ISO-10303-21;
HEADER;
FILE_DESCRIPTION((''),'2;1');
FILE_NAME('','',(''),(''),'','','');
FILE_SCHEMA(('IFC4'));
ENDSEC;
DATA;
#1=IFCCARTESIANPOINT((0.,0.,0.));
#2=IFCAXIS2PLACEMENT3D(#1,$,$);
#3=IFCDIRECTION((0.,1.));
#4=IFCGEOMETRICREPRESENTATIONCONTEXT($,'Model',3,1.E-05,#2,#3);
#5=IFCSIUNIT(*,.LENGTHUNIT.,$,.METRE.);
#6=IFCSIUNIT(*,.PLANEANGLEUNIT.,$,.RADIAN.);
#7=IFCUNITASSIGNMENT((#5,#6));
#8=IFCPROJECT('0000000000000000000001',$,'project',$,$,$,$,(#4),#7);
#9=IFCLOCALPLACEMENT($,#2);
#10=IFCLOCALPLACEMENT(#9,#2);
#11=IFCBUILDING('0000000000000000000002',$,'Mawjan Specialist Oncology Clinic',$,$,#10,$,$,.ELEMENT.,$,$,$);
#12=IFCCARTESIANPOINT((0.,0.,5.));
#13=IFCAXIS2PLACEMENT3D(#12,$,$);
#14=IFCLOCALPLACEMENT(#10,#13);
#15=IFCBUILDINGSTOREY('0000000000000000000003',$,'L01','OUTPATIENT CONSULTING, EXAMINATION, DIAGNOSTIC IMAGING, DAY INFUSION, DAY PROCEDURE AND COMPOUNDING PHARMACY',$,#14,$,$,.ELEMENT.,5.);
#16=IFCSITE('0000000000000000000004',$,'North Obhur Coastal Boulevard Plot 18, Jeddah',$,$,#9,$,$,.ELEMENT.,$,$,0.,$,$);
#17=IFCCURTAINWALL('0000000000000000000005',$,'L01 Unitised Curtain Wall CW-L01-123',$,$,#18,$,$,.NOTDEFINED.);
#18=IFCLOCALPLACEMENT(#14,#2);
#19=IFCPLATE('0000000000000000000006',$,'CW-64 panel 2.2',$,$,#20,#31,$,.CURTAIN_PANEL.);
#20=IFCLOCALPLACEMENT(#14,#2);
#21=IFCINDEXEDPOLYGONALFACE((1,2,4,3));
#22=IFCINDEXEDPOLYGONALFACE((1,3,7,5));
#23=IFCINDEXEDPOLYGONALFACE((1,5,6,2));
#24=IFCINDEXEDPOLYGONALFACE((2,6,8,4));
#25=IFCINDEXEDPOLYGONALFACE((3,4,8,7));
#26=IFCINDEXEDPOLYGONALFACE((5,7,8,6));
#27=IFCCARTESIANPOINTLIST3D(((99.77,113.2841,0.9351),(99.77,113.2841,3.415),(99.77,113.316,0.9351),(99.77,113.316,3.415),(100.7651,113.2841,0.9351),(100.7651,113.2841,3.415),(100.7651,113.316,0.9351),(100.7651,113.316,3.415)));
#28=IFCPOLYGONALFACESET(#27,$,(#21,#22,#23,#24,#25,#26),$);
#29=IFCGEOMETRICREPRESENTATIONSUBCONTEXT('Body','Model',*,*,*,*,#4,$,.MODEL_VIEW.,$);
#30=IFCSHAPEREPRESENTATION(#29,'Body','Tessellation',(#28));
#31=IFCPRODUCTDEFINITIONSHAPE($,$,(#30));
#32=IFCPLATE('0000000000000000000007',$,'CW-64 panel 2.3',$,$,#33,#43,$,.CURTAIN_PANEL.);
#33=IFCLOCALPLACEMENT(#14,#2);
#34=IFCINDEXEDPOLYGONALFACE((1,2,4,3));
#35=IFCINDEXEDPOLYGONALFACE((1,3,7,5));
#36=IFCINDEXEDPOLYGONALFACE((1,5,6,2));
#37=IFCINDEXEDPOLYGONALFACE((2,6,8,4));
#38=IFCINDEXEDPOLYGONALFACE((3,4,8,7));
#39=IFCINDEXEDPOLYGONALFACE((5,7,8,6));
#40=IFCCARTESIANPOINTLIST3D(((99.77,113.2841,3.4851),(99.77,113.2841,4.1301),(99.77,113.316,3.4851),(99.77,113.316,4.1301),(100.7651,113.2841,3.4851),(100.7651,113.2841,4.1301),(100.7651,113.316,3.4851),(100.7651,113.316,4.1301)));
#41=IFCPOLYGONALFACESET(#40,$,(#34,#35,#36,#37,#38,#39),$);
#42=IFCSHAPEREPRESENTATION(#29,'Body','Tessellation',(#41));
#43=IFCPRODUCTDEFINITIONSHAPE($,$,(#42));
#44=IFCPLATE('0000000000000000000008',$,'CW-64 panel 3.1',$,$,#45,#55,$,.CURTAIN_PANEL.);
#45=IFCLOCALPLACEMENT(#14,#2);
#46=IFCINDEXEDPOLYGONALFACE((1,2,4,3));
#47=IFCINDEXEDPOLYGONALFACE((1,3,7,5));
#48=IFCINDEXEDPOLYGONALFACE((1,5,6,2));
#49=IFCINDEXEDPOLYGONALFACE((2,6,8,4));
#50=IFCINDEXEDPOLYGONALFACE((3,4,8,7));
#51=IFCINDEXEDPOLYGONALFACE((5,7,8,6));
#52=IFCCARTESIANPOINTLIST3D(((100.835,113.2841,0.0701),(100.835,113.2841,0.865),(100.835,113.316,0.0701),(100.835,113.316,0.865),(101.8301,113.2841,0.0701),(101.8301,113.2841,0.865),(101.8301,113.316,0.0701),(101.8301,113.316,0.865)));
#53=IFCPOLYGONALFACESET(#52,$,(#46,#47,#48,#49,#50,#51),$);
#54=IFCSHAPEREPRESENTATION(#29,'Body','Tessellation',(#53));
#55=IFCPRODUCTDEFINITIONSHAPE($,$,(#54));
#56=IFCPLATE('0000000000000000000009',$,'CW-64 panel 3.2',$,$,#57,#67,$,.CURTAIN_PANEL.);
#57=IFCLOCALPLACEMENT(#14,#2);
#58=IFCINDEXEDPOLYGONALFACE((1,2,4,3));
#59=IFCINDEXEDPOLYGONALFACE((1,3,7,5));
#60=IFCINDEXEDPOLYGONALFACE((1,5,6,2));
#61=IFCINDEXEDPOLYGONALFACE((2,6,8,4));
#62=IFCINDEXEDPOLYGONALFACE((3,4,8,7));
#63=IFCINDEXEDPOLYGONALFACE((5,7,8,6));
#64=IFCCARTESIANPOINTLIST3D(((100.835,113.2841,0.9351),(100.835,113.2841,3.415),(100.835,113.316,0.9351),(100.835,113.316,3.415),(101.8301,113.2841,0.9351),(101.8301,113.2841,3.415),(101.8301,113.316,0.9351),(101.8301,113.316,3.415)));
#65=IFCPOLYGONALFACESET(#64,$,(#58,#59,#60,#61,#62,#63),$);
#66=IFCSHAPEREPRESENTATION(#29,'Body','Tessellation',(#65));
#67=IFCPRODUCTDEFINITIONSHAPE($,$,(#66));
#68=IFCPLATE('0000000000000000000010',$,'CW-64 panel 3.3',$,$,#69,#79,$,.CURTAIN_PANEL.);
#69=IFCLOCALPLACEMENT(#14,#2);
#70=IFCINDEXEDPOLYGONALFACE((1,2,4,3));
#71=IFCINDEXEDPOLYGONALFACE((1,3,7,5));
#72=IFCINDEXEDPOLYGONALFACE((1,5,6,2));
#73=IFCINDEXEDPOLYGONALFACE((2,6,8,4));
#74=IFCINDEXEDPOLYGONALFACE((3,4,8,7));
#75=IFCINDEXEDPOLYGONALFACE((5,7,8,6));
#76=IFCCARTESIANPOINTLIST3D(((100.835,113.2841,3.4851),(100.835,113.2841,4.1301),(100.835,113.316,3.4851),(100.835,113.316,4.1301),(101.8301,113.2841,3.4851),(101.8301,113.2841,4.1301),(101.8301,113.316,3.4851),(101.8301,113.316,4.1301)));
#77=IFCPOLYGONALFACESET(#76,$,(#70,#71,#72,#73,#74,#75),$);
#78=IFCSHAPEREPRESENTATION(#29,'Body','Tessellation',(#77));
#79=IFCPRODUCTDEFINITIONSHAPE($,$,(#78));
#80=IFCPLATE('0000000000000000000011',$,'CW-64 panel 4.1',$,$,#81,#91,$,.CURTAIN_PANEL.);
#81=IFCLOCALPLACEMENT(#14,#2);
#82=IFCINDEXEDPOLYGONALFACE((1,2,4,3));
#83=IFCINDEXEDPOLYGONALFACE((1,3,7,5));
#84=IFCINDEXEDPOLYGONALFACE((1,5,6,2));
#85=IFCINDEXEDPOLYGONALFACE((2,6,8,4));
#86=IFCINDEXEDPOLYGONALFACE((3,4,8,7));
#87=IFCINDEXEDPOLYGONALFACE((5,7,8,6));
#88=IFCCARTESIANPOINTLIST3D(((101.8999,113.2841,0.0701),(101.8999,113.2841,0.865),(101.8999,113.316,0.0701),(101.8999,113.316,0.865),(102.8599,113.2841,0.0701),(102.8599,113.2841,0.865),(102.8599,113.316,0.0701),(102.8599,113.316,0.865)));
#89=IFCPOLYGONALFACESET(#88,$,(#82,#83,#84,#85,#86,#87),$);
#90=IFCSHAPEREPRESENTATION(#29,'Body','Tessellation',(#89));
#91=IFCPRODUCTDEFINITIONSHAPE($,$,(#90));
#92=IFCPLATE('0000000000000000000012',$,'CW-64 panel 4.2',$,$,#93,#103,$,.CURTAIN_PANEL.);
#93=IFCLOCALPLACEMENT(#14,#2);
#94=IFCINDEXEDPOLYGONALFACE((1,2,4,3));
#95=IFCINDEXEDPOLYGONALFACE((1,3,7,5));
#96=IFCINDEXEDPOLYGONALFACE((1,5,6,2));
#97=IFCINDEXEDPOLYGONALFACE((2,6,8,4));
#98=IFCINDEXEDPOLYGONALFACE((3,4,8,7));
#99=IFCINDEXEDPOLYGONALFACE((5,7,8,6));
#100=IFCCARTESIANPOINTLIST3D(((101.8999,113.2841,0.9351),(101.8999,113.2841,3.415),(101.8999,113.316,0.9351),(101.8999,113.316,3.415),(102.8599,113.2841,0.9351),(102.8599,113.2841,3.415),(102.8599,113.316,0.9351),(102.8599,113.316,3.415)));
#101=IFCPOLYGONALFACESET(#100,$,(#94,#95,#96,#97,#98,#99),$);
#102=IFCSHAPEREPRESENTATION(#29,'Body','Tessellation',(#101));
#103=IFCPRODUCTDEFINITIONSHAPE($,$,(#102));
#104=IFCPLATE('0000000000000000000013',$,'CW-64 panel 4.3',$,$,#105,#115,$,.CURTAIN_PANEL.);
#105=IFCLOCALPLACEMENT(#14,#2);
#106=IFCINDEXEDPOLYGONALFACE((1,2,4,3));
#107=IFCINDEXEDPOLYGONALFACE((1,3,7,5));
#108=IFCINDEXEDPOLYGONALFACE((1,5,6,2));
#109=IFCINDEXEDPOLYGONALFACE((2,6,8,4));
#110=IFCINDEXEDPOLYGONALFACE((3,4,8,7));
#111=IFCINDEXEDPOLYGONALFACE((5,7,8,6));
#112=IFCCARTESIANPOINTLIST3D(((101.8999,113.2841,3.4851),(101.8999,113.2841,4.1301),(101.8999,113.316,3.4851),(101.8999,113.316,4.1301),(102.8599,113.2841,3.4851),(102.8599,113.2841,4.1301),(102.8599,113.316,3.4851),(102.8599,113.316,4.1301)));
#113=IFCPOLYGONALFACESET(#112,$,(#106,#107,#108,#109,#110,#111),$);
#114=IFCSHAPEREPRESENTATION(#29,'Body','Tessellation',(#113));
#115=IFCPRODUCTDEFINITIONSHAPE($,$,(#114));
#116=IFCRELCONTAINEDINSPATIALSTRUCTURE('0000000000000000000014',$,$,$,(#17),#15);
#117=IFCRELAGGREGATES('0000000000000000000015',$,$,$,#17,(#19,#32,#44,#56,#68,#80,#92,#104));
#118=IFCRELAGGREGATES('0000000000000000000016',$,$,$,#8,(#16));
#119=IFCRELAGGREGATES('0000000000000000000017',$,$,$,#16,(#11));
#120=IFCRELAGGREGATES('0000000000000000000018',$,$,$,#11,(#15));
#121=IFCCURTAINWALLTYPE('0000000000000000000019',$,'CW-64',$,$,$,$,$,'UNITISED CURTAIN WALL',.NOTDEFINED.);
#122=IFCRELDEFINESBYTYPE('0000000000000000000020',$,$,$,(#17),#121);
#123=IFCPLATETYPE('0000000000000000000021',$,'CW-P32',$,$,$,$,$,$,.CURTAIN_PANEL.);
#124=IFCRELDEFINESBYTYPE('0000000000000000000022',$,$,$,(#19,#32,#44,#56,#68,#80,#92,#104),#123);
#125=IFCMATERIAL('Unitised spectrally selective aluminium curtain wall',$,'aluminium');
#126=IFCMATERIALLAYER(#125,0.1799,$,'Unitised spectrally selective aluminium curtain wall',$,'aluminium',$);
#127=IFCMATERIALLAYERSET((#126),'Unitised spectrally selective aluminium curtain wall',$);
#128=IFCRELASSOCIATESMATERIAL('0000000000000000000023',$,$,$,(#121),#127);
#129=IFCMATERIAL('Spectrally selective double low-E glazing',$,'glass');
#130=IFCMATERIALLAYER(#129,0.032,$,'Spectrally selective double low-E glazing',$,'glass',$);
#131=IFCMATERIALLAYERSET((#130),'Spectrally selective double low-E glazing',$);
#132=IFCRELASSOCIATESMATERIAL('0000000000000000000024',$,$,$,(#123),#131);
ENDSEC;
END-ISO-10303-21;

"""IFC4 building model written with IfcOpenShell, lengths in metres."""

from ifc_helpers import new_model, si_unit, direction, frame, origin, origin_2d, place, context, subcontext, project, spatial, rectangle, extrude, material, layer, layer_set, type_object, element, aggregate, save


model = new_model("IFC4")

# Units and contexts
model_context = context("Model", 3, precision=1e-05, world=origin(), true_north=direction((0.0, 1.0)))
body_context = subcontext(model_context, "Body", "Model", "MODEL_VIEW")
ifc_project = project(units=[si_unit("LENGTHUNIT", "METRE"), si_unit("PLANEANGLEUNIT", "RADIAN")], contexts=[model_context])

# Site, building, storey
site_placement = place(None, origin())
site = spatial("IfcSite", under=ifc_project, at=site_placement, Name="North Obhur Coastal Boulevard Plot 18, Jeddah", CompositionType="ELEMENT", RefElevation=0.0)
building_placement = place(site_placement, origin())
building = spatial("IfcBuilding", under=site, at=building_placement, Name="Mawjan Specialist Oncology Clinic", CompositionType="ELEMENT")
storey_placement = place(building_placement, frame((0.0, 0.0, 5.0)))
storey = spatial("IfcBuildingStorey", under=building, at=storey_placement, Name="L01", Description="OUTPATIENT CONSULTING, EXAMINATION, DIAGNOSTIC IMAGING, DAY INFUSION, DAY PROCEDURE AND COMPOUNDING PHARMACY", CompositionType="ELEMENT", Elevation=5.0)

# Curtain wall, plates
ifc_material_1 = material(Name="Unitised spectrally selective aluminium curtain wall", Category="aluminium")
ifc_layer_1 = layer(ifc_material_1, 0.1799, Name="Unitised spectrally selective aluminium curtain wall", Category="aluminium")
ifc_layer_set_1 = layer_set([ifc_layer_1], Name="Unitised spectrally selective aluminium curtain wall")
curtain_wall_type = type_object("IfcCurtainWallType", Name="CW-64", ElementType="UNITISED CURTAIN WALL", PredefinedType="NOTDEFINED", material=ifc_layer_set_1)
curtain_wall_placement = place(storey_placement, origin())
curtain_wall = element("IfcCurtainWall", 1, at=curtain_wall_placement, inside=storey, type_object=curtain_wall_type, Name="L01 Unitised Curtain Wall CW-L01-123", PredefinedType="NOTDEFINED")
ifc_material_2 = material(Name="Spectrally selective double low-E glazing", Category="glass")
ifc_layer_2 = layer(ifc_material_2, 0.032, Name="Spectrally selective double low-E glazing", Category="glass")
ifc_layer_set_2 = layer_set([ifc_layer_2], Name="Spectrally selective double low-E glazing")
plate_type = type_object("IfcPlateType", Name="CW-P32", PredefinedType="CURTAIN_PANEL", material=ifc_layer_set_2)
plate_1_placement = place(storey_placement, frame((100.2676, 113.3, 0.9351), z_axis=(0.0, 0.0, 1.0), x_axis=(1.0, 0.0, 0.0)))
plate_1 = element("IfcPlate", 2, at=plate_1_placement, type_object=plate_type, Name="CW-64 panel 2.2", PredefinedType="CURTAIN_PANEL", context=body_context, shape_type="SweptSolid", body=[
    extrude(rectangle(XDim=0.9951, YDim=0.032, at=origin_2d()), origin(), (0.0, 0.0, 1.0), 2.48),
])
plate_2_placement = place(storey_placement, frame((100.2676, 113.3, 3.4851), z_axis=(0.0, 0.0, 1.0), x_axis=(1.0, 0.0, 0.0)))
plate_2 = element("IfcPlate", 3, at=plate_2_placement, type_object=plate_type, Name="CW-64 panel 2.3", PredefinedType="CURTAIN_PANEL", context=body_context, shape_type="SweptSolid", body=[
    extrude(rectangle(XDim=0.9951, YDim=0.032, at=origin_2d()), origin(), (0.0, 0.0, 1.0), 0.645),
])
plate_3_placement = place(storey_placement, frame((101.3325, 113.3, 0.0701), z_axis=(0.0, 0.0, 1.0), x_axis=(1.0, 0.0, 0.0)))
plate_3 = element("IfcPlate", 4, at=plate_3_placement, type_object=plate_type, Name="CW-64 panel 3.1", PredefinedType="CURTAIN_PANEL", context=body_context, shape_type="SweptSolid", body=[
    extrude(rectangle(XDim=0.9951, YDim=0.032, at=origin_2d()), origin(), (0.0, 0.0, 1.0), 0.7949),
])
plate_4_placement = place(storey_placement, frame((101.3325, 113.3, 0.9351), z_axis=(0.0, 0.0, 1.0), x_axis=(1.0, 0.0, 0.0)))
plate_4 = element("IfcPlate", 5, at=plate_4_placement, type_object=plate_type, Name="CW-64 panel 3.2", PredefinedType="CURTAIN_PANEL", context=body_context, shape_type="SweptSolid", body=[
    extrude(rectangle(XDim=0.9951, YDim=0.032, at=origin_2d()), origin(), (0.0, 0.0, 1.0), 2.48),
])
plate_5_placement = place(storey_placement, frame((101.3325, 113.3, 3.4851), z_axis=(0.0, 0.0, 1.0), x_axis=(1.0, 0.0, 0.0)))
plate_5 = element("IfcPlate", 6, at=plate_5_placement, type_object=plate_type, Name="CW-64 panel 3.3", PredefinedType="CURTAIN_PANEL", context=body_context, shape_type="SweptSolid", body=[
    extrude(rectangle(XDim=0.9951, YDim=0.032, at=origin_2d()), origin(), (0.0, 0.0, 1.0), 0.645),
])
plate_6_placement = place(storey_placement, frame((102.3799, 113.3, 0.0701), z_axis=(0.0, 0.0, 1.0), x_axis=(1.0, 0.0, 0.0)))
plate_6 = element("IfcPlate", 7, at=plate_6_placement, type_object=plate_type, Name="CW-64 panel 4.1", PredefinedType="CURTAIN_PANEL", context=body_context, shape_type="SweptSolid", body=[
    extrude(rectangle(XDim=0.96, YDim=0.032, at=origin_2d()), origin(), (0.0, 0.0, 1.0), 0.7949),
])
plate_7_placement = place(storey_placement, frame((102.3799, 113.3, 0.9351), z_axis=(0.0, 0.0, 1.0), x_axis=(1.0, 0.0, 0.0)))
plate_7 = element("IfcPlate", 8, at=plate_7_placement, type_object=plate_type, Name="CW-64 panel 4.2", PredefinedType="CURTAIN_PANEL", context=body_context, shape_type="SweptSolid", body=[
    extrude(rectangle(XDim=0.96, YDim=0.032, at=origin_2d()), origin(), (0.0, 0.0, 1.0), 2.48),
])
plate_8_placement = place(storey_placement, frame((102.3799, 113.3, 3.4851), z_axis=(0.0, 0.0, 1.0), x_axis=(1.0, 0.0, 0.0)))
plate_8 = element("IfcPlate", 9, at=plate_8_placement, type_object=plate_type, Name="CW-64 panel 4.3", PredefinedType="CURTAIN_PANEL", context=body_context, shape_type="SweptSolid", body=[
    extrude(rectangle(XDim=0.96, YDim=0.032, at=origin_2d()), origin(), (0.0, 0.0, 1.0), 0.645),
])
aggregate(curtain_wall, [plate_1, plate_2, plate_3, plate_4, plate_5, plate_6, plate_7, plate_8])

save(model, "model.ifc")
